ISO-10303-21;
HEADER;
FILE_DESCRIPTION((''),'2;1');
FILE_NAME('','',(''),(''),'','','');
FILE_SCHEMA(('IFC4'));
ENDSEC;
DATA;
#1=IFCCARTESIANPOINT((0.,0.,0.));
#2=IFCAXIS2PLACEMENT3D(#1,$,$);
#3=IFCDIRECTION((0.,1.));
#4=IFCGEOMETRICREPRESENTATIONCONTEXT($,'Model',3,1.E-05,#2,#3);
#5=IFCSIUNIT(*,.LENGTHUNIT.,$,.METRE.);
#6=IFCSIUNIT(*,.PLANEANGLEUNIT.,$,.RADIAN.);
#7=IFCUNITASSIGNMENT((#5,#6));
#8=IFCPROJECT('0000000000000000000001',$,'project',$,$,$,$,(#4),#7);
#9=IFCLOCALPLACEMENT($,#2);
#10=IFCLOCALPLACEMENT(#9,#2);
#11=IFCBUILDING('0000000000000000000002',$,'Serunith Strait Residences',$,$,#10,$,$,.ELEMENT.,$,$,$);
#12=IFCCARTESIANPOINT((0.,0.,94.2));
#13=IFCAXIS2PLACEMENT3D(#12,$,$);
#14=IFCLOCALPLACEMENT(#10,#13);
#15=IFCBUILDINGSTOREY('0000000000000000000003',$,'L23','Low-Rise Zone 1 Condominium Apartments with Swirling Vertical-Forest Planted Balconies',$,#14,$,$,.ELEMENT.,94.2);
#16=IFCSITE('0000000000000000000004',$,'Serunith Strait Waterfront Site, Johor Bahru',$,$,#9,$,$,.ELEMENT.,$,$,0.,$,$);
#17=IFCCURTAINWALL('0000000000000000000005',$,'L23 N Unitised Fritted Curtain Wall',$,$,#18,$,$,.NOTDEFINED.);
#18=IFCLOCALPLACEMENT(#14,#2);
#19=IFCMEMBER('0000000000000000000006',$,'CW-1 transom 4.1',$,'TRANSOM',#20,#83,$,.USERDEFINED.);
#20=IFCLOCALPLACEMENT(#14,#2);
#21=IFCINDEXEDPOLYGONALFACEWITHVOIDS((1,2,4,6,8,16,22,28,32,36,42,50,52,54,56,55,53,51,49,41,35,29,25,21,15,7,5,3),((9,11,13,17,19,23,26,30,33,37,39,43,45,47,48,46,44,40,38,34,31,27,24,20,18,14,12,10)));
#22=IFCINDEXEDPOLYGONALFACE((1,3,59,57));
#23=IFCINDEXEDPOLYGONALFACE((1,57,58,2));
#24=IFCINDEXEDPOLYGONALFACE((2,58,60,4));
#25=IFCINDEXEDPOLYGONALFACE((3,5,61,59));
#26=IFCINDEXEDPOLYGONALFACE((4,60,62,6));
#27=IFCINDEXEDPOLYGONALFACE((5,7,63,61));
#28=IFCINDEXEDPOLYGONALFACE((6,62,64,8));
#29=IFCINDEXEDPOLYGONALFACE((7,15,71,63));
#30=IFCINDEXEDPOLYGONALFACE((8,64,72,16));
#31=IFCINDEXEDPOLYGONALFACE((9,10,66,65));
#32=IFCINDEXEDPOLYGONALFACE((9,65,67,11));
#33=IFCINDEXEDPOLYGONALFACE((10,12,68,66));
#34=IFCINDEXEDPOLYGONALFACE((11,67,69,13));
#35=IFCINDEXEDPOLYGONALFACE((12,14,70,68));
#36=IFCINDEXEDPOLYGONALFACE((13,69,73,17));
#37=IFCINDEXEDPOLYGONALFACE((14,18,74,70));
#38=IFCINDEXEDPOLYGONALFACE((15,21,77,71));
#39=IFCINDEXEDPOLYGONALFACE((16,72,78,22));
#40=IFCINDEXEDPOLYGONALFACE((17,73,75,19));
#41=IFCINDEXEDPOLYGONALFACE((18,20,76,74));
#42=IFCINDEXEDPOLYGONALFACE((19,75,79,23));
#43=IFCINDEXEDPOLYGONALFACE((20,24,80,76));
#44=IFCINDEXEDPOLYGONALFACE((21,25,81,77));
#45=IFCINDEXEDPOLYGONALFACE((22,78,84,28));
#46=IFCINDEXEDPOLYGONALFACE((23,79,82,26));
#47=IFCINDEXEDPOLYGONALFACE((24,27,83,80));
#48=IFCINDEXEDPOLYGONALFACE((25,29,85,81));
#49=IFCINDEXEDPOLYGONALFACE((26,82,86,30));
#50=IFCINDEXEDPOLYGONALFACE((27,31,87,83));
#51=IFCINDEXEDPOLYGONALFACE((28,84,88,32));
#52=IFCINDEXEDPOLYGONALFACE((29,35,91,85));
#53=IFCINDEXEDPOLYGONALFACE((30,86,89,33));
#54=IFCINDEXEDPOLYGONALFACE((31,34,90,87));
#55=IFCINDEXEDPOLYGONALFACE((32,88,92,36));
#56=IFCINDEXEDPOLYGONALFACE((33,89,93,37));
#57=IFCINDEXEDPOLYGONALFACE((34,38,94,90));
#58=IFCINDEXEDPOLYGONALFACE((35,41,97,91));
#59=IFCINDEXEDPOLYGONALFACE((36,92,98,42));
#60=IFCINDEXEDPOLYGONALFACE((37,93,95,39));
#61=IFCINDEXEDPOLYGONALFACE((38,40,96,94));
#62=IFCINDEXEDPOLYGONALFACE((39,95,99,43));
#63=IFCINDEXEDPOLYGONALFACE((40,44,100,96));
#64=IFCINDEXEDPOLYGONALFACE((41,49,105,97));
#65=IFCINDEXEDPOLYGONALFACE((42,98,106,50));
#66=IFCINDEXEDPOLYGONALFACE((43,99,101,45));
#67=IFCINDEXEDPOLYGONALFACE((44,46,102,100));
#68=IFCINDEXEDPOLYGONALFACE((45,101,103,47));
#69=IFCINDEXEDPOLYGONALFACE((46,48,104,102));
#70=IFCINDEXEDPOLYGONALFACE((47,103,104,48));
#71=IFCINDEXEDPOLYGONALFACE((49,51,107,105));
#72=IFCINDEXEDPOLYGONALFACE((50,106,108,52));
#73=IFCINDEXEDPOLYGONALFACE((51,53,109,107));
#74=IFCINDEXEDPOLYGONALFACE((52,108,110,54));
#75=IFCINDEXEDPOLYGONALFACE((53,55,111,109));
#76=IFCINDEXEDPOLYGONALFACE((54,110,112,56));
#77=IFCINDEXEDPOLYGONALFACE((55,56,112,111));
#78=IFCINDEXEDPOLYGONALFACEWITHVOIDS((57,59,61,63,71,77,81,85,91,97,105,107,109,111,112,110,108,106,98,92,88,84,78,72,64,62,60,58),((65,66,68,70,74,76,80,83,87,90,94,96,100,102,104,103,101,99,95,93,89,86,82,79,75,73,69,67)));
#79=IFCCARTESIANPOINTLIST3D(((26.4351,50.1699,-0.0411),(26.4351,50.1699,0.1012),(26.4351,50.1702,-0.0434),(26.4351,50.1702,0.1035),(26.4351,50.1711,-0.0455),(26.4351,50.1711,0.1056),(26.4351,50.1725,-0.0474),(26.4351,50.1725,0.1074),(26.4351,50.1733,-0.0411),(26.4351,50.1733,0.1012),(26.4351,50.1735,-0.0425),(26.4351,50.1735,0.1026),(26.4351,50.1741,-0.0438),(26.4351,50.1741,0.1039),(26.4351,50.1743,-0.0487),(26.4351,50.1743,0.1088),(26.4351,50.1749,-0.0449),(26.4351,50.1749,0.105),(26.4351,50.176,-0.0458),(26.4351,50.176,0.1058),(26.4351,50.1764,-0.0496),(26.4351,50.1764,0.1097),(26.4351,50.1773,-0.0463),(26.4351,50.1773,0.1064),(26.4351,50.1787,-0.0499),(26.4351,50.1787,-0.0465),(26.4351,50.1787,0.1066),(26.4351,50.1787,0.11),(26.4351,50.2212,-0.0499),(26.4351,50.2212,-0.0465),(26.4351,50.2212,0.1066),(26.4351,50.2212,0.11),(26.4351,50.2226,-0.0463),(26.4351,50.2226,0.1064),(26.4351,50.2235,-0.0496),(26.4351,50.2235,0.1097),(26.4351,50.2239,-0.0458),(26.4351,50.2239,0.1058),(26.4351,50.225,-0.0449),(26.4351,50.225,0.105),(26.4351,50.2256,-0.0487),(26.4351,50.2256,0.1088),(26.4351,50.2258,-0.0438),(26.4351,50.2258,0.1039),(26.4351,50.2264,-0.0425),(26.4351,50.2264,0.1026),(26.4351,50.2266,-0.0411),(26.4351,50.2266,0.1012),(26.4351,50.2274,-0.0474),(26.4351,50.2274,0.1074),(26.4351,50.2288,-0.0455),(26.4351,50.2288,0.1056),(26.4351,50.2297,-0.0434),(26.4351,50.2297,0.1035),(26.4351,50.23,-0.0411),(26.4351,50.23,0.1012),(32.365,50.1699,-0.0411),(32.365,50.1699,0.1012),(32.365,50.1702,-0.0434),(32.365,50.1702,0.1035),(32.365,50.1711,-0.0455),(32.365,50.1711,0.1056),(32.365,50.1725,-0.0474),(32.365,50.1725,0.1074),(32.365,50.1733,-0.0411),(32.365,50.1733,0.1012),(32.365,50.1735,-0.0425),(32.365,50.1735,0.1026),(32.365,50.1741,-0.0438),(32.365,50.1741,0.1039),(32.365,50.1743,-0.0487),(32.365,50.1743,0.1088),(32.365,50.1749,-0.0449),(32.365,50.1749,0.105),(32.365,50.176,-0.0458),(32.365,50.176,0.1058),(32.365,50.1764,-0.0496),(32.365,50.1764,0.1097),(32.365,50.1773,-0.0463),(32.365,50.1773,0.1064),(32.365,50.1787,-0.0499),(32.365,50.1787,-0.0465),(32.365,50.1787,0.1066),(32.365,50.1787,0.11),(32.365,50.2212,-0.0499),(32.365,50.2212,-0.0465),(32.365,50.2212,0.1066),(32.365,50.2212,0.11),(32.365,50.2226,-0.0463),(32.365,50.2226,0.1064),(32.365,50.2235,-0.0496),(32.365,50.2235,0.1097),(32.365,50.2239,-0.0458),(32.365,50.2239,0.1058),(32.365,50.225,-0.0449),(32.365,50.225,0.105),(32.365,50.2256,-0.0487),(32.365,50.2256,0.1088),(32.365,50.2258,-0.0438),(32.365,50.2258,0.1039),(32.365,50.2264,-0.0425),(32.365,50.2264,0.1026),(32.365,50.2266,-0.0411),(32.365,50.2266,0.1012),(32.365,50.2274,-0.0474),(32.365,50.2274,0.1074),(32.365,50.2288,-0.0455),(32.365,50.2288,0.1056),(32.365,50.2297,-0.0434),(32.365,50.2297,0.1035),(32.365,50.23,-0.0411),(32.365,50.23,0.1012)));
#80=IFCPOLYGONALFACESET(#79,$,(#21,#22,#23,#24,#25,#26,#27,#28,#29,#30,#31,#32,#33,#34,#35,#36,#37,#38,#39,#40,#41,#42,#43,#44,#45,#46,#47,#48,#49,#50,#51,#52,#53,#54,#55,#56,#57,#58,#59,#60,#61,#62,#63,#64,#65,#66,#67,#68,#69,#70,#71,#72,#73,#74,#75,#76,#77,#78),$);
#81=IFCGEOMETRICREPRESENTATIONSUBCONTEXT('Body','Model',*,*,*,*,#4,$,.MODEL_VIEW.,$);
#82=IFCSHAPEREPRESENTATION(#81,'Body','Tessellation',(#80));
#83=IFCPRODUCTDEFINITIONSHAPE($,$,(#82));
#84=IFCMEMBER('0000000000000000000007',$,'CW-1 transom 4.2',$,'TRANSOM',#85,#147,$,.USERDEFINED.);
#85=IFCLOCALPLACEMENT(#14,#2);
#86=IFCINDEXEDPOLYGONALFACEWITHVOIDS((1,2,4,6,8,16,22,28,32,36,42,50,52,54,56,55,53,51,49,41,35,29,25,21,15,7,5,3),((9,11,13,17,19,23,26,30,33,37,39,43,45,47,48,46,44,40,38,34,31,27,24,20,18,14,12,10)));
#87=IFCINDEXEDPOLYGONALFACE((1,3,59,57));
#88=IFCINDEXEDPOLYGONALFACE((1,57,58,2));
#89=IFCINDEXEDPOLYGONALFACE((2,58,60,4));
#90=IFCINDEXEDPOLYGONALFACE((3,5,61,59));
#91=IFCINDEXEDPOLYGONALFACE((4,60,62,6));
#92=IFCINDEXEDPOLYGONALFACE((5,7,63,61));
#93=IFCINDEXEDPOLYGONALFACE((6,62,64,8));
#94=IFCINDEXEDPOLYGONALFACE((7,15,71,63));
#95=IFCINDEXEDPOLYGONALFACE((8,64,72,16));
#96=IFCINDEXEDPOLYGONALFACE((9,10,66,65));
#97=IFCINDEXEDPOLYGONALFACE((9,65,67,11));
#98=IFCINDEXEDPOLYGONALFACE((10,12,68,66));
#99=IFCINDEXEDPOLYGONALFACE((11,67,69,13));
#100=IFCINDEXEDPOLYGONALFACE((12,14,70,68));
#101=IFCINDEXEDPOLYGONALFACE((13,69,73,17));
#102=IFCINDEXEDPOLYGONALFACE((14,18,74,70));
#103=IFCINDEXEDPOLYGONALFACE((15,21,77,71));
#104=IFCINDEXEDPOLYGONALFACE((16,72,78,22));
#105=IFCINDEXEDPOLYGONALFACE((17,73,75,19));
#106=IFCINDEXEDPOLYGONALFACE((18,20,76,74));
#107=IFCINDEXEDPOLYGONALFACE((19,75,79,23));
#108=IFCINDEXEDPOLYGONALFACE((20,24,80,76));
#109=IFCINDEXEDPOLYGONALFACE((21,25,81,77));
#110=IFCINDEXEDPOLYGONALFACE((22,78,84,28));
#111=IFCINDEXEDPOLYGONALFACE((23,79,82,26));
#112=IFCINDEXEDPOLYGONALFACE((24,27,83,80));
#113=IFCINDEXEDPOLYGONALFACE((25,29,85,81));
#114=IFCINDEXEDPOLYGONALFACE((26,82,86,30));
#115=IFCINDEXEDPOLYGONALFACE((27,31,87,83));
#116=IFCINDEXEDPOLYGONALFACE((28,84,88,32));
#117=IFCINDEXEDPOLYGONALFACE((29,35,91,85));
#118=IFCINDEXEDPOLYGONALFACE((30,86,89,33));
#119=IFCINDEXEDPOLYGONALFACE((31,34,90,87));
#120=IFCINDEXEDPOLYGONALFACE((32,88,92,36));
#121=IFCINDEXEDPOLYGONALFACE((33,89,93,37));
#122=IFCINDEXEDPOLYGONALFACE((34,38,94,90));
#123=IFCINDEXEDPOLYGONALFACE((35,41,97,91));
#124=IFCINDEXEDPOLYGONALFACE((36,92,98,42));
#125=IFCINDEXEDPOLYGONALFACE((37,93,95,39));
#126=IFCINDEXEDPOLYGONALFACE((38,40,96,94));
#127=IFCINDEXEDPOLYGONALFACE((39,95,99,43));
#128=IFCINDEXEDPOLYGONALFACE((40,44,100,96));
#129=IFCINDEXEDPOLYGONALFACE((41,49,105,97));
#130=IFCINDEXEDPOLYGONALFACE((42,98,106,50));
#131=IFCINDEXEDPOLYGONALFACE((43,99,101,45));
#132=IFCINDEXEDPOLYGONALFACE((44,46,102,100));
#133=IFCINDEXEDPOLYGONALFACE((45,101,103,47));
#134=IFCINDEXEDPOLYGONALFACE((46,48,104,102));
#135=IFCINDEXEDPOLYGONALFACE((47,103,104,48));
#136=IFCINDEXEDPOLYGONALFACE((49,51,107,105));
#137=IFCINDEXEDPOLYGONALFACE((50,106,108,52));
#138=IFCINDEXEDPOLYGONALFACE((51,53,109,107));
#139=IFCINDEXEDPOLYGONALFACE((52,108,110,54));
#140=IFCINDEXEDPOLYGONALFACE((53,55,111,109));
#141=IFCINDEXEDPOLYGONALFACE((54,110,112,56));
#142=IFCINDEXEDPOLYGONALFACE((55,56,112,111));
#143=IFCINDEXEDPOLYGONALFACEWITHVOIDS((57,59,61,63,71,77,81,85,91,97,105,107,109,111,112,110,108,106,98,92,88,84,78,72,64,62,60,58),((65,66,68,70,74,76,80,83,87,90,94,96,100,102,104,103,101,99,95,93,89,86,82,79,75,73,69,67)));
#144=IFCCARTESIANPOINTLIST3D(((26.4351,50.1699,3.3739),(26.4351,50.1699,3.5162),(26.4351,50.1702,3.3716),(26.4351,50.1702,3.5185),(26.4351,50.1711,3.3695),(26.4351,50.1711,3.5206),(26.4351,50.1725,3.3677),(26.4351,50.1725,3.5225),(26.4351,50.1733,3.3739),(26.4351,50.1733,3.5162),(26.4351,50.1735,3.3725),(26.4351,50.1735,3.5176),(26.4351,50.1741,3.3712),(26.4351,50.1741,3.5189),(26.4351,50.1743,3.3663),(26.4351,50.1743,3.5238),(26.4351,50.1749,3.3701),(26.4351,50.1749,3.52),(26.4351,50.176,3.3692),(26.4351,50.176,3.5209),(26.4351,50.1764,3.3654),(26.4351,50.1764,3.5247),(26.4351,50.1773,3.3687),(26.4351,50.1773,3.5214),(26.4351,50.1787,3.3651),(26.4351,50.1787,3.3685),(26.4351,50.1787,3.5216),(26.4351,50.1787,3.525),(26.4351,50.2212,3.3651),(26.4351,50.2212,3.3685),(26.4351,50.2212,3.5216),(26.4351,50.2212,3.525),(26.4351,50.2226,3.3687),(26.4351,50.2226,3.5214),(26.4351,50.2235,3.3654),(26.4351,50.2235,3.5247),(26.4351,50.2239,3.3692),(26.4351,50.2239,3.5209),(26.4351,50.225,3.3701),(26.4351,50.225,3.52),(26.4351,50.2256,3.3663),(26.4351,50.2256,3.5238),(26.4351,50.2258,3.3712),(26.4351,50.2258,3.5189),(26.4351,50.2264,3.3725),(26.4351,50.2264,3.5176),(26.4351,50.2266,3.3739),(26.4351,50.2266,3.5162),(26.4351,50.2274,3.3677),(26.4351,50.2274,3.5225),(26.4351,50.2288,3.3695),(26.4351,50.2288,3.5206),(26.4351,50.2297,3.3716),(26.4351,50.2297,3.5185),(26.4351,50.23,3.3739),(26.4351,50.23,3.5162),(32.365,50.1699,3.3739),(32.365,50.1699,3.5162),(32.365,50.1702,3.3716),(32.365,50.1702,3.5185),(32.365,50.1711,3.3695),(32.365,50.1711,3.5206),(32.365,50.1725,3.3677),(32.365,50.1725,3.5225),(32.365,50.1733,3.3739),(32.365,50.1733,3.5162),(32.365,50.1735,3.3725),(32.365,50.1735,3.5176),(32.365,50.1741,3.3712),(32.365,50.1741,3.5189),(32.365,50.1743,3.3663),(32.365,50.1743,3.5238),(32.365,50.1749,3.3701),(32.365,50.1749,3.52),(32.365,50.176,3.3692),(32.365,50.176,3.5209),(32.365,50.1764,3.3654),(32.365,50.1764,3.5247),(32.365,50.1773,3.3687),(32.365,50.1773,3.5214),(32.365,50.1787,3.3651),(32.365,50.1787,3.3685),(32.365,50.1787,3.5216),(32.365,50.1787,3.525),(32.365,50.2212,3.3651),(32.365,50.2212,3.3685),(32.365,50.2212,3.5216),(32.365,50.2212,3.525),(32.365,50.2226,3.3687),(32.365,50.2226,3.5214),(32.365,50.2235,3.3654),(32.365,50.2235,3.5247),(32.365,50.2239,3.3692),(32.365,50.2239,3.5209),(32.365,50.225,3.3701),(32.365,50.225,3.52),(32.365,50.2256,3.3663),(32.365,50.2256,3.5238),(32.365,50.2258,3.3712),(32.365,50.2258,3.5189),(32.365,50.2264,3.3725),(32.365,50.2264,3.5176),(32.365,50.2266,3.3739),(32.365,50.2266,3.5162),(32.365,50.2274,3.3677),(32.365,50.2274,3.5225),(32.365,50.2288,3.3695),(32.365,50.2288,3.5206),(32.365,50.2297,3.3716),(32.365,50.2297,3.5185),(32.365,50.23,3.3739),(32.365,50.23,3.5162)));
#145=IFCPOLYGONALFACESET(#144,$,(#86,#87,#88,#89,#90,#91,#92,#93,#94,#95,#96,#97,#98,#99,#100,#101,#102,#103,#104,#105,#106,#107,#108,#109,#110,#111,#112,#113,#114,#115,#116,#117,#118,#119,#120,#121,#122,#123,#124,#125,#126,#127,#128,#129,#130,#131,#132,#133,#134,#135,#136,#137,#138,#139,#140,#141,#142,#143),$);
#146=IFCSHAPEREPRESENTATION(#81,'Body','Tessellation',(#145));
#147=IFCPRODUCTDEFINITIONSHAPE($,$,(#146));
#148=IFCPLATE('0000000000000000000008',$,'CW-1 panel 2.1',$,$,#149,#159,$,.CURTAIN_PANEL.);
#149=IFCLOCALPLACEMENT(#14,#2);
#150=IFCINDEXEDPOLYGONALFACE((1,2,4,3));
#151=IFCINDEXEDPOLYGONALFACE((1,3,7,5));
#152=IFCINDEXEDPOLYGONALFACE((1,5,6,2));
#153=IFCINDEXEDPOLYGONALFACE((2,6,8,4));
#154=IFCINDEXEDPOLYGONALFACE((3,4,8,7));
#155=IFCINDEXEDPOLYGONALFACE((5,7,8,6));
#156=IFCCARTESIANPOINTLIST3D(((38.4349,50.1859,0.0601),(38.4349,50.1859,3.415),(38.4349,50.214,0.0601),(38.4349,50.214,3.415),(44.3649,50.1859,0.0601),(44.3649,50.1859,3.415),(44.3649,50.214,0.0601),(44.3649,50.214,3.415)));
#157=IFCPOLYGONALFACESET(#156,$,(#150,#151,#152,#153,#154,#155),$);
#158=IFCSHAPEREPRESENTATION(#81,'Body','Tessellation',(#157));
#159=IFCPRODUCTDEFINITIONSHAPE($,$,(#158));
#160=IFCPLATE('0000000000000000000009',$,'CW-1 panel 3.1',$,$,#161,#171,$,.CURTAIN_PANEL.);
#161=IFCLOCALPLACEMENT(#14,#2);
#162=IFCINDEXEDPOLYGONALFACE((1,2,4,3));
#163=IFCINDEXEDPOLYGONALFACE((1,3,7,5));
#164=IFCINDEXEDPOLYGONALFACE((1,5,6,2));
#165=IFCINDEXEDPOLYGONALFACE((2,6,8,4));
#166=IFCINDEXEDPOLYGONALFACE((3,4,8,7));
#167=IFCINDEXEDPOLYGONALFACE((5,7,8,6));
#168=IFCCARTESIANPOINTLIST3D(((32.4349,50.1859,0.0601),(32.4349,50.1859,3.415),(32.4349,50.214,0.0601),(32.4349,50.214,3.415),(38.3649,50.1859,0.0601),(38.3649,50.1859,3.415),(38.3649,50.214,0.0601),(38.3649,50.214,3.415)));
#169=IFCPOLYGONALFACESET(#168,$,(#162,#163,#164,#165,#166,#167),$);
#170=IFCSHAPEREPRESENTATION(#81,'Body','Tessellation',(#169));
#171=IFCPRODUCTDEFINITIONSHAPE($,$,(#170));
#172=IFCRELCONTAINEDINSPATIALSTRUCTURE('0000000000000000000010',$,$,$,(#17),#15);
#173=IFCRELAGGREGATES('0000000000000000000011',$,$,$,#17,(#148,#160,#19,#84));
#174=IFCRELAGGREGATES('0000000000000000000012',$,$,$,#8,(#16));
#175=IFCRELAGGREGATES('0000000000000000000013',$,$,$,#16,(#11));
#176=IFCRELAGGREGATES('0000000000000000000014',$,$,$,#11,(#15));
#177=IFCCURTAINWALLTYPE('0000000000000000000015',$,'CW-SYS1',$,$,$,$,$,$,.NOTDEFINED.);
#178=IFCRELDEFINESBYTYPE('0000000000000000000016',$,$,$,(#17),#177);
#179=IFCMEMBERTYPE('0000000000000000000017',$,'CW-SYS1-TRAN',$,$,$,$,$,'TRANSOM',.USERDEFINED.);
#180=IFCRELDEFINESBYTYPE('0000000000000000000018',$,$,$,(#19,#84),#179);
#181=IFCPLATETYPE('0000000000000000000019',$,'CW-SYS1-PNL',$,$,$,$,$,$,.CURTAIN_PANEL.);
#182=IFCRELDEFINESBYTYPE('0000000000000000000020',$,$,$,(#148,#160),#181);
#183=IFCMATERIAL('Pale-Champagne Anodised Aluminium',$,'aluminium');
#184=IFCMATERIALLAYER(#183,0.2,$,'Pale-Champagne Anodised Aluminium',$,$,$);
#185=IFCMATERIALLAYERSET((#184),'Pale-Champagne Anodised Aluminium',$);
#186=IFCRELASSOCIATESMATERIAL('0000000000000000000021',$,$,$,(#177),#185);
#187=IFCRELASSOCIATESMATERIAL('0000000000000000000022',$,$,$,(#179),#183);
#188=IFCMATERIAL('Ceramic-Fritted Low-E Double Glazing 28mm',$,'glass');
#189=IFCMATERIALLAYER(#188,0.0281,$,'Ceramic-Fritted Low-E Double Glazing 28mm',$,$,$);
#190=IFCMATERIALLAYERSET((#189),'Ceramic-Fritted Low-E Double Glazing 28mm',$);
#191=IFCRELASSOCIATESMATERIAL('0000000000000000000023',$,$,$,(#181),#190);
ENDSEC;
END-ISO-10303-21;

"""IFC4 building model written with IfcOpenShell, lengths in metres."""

from ifc_helpers import new_model, si_unit, direction, frame, origin, origin_2d, place, context, subcontext, project, spatial, rectangle, hollow_rectangle, extrude, source, transform, mapped, material, layer, layer_set, material_profile, profile_set, type_object, element, aggregate, save


model = new_model("IFC4")

# Units and contexts
model_context = context("Model", 3, precision=1e-05, world=origin(), true_north=direction((0.0, 1.0)))
body_context = subcontext(model_context, "Body", "Model", "MODEL_VIEW")
ifc_project = project(units=[si_unit("LENGTHUNIT", "METRE"), si_unit("PLANEANGLEUNIT", "RADIAN")], contexts=[model_context])

# Site, building, storey
site_placement = place(None, origin())
site = spatial("IfcSite", under=ifc_project, at=site_placement, Name="Serunith Strait Waterfront Site, Johor Bahru", CompositionType="ELEMENT", RefElevation=0.0)
building_placement = place(site_placement, origin())
building = spatial("IfcBuilding", under=site, at=building_placement, Name="Serunith Strait Residences", CompositionType="ELEMENT")
storey_placement = place(building_placement, frame((0.0, 0.0, 94.2)))
storey = spatial("IfcBuildingStorey", under=building, at=storey_placement, Name="L23", Description="Low-Rise Zone 1 Condominium Apartments with Swirling Vertical-Forest Planted Balconies", CompositionType="ELEMENT", Elevation=94.2)

# Curtain wall, members, plates
ifc_material_1 = material(Name="Pale-Champagne Anodised Aluminium", Category="aluminium")
ifc_layer_1 = layer(ifc_material_1, 0.2, Name="Pale-Champagne Anodised Aluminium")
ifc_layer_set_1 = layer_set([ifc_layer_1], Name="Pale-Champagne Anodised Aluminium")
curtain_wall_type = type_object("IfcCurtainWallType", Name="CW-SYS1", PredefinedType="NOTDEFINED", material=ifc_layer_set_1)
curtain_wall_placement = place(storey_placement, origin())
curtain_wall = element("IfcCurtainWall", 1, at=curtain_wall_placement, inside=storey, type_object=curtain_wall_type, Name="L23 N Unitised Fritted Curtain Wall", PredefinedType="NOTDEFINED")
ifc_material_profile_1 = material_profile(ifc_material_1, hollow_rectangle(XDim=0.0601, YDim=0.1599, WallThickness=0.0034, InnerFilletRadius=0.0054, OuterFilletRadius=0.0088, at=origin_2d()), Name="ALU 160x60x3.5")
ifc_profile_set_1 = profile_set([ifc_material_profile_1], Name="Pale-Champagne Anodised Aluminium")
member_type_1 = type_object("IfcMemberType", Name="CW-SYS1-TRAN", ElementType="TRANSOM", PredefinedType="USERDEFINED", material=ifc_profile_set_1)
shared_shape_1 = source(origin(), body_context, "Body", "SweptSolid", [
    extrude(hollow_rectangle(XDim=0.0601, YDim=0.1599, WallThickness=0.0034, InnerFilletRadius=0.0054, OuterFilletRadius=0.0088, at=origin_2d()), origin(), (0.0, 0.0, 1.0), 5.9299),
])
member_1_placement = place(storey_placement, frame((32.365, 50.2, 0.03), z_axis=(-1.0, 0.0, 0.0), x_axis=(0.0, -1.0, 0.0)))
member_1 = element("IfcMember", 2, at=member_1_placement, type_object=member_type_1, Name="CW-1 transom 4.1", ObjectType="TRANSOM", PredefinedType="USERDEFINED", context=body_context, shape_type="MappedRepresentation", body=[
    mapped(shared_shape_1, transform((0.0, 0.0, 0.0), scale=1.0)),
])
member_2_placement = place(storey_placement, frame((32.365, 50.2, 3.4451), z_axis=(-1.0, 0.0, 0.0), x_axis=(0.0, -1.0, 0.0)))
member_2 = element("IfcMember", 3, at=member_2_placement, type_object=member_type_1, Name="CW-1 transom 4.2", ObjectType="TRANSOM", PredefinedType="USERDEFINED", context=body_context, shape_type="MappedRepresentation", body=[
    mapped(shared_shape_1, transform((0.0, 0.0, 0.0), scale=1.0)),
])
ifc_material_2 = material(Name="Ceramic-Fritted Low-E Double Glazing 28mm", Category="glass")
ifc_layer_2 = layer(ifc_material_2, 0.0281, Name="Ceramic-Fritted Low-E Double Glazing 28mm")
ifc_layer_set_2 = layer_set([ifc_layer_2], Name="Ceramic-Fritted Low-E Double Glazing 28mm")
plate_type = type_object("IfcPlateType", Name="CW-SYS1-PNL", PredefinedType="CURTAIN_PANEL", material=ifc_layer_set_2)
shared_shape_2 = source(origin(), body_context, "Body", "SweptSolid", [
    extrude(rectangle(XDim=5.9299, YDim=0.0281, at=origin_2d()), origin(), (0.0, 0.0, 1.0), 3.355),
])
plate_1_placement = place(storey_placement, frame((41.3999, 50.2, 0.0601), z_axis=(0.0, 0.0, 1.0), x_axis=(-1.0, 0.0, 0.0)))
plate_1 = element("IfcPlate", 4, at=plate_1_placement, type_object=plate_type, Name="CW-1 panel 2.1", PredefinedType="CURTAIN_PANEL", context=body_context, shape_type="MappedRepresentation", body=[
    mapped(shared_shape_2, transform((0.0, 0.0, 0.0), scale=1.0)),
])
plate_2_placement = place(storey_placement, frame((35.3999, 50.2, 0.0601), z_axis=(0.0, 0.0, 1.0), x_axis=(-1.0, 0.0, 0.0)))
plate_2 = element("IfcPlate", 5, at=plate_2_placement, type_object=plate_type, Name="CW-1 panel 3.1", PredefinedType="CURTAIN_PANEL", context=body_context, shape_type="MappedRepresentation", body=[
    mapped(shared_shape_2, transform((0.0, 0.0, 0.0), scale=1.0)),
])
aggregate(curtain_wall, [plate_1, plate_2, member_1, member_2])

save(model, "model.ifc")
